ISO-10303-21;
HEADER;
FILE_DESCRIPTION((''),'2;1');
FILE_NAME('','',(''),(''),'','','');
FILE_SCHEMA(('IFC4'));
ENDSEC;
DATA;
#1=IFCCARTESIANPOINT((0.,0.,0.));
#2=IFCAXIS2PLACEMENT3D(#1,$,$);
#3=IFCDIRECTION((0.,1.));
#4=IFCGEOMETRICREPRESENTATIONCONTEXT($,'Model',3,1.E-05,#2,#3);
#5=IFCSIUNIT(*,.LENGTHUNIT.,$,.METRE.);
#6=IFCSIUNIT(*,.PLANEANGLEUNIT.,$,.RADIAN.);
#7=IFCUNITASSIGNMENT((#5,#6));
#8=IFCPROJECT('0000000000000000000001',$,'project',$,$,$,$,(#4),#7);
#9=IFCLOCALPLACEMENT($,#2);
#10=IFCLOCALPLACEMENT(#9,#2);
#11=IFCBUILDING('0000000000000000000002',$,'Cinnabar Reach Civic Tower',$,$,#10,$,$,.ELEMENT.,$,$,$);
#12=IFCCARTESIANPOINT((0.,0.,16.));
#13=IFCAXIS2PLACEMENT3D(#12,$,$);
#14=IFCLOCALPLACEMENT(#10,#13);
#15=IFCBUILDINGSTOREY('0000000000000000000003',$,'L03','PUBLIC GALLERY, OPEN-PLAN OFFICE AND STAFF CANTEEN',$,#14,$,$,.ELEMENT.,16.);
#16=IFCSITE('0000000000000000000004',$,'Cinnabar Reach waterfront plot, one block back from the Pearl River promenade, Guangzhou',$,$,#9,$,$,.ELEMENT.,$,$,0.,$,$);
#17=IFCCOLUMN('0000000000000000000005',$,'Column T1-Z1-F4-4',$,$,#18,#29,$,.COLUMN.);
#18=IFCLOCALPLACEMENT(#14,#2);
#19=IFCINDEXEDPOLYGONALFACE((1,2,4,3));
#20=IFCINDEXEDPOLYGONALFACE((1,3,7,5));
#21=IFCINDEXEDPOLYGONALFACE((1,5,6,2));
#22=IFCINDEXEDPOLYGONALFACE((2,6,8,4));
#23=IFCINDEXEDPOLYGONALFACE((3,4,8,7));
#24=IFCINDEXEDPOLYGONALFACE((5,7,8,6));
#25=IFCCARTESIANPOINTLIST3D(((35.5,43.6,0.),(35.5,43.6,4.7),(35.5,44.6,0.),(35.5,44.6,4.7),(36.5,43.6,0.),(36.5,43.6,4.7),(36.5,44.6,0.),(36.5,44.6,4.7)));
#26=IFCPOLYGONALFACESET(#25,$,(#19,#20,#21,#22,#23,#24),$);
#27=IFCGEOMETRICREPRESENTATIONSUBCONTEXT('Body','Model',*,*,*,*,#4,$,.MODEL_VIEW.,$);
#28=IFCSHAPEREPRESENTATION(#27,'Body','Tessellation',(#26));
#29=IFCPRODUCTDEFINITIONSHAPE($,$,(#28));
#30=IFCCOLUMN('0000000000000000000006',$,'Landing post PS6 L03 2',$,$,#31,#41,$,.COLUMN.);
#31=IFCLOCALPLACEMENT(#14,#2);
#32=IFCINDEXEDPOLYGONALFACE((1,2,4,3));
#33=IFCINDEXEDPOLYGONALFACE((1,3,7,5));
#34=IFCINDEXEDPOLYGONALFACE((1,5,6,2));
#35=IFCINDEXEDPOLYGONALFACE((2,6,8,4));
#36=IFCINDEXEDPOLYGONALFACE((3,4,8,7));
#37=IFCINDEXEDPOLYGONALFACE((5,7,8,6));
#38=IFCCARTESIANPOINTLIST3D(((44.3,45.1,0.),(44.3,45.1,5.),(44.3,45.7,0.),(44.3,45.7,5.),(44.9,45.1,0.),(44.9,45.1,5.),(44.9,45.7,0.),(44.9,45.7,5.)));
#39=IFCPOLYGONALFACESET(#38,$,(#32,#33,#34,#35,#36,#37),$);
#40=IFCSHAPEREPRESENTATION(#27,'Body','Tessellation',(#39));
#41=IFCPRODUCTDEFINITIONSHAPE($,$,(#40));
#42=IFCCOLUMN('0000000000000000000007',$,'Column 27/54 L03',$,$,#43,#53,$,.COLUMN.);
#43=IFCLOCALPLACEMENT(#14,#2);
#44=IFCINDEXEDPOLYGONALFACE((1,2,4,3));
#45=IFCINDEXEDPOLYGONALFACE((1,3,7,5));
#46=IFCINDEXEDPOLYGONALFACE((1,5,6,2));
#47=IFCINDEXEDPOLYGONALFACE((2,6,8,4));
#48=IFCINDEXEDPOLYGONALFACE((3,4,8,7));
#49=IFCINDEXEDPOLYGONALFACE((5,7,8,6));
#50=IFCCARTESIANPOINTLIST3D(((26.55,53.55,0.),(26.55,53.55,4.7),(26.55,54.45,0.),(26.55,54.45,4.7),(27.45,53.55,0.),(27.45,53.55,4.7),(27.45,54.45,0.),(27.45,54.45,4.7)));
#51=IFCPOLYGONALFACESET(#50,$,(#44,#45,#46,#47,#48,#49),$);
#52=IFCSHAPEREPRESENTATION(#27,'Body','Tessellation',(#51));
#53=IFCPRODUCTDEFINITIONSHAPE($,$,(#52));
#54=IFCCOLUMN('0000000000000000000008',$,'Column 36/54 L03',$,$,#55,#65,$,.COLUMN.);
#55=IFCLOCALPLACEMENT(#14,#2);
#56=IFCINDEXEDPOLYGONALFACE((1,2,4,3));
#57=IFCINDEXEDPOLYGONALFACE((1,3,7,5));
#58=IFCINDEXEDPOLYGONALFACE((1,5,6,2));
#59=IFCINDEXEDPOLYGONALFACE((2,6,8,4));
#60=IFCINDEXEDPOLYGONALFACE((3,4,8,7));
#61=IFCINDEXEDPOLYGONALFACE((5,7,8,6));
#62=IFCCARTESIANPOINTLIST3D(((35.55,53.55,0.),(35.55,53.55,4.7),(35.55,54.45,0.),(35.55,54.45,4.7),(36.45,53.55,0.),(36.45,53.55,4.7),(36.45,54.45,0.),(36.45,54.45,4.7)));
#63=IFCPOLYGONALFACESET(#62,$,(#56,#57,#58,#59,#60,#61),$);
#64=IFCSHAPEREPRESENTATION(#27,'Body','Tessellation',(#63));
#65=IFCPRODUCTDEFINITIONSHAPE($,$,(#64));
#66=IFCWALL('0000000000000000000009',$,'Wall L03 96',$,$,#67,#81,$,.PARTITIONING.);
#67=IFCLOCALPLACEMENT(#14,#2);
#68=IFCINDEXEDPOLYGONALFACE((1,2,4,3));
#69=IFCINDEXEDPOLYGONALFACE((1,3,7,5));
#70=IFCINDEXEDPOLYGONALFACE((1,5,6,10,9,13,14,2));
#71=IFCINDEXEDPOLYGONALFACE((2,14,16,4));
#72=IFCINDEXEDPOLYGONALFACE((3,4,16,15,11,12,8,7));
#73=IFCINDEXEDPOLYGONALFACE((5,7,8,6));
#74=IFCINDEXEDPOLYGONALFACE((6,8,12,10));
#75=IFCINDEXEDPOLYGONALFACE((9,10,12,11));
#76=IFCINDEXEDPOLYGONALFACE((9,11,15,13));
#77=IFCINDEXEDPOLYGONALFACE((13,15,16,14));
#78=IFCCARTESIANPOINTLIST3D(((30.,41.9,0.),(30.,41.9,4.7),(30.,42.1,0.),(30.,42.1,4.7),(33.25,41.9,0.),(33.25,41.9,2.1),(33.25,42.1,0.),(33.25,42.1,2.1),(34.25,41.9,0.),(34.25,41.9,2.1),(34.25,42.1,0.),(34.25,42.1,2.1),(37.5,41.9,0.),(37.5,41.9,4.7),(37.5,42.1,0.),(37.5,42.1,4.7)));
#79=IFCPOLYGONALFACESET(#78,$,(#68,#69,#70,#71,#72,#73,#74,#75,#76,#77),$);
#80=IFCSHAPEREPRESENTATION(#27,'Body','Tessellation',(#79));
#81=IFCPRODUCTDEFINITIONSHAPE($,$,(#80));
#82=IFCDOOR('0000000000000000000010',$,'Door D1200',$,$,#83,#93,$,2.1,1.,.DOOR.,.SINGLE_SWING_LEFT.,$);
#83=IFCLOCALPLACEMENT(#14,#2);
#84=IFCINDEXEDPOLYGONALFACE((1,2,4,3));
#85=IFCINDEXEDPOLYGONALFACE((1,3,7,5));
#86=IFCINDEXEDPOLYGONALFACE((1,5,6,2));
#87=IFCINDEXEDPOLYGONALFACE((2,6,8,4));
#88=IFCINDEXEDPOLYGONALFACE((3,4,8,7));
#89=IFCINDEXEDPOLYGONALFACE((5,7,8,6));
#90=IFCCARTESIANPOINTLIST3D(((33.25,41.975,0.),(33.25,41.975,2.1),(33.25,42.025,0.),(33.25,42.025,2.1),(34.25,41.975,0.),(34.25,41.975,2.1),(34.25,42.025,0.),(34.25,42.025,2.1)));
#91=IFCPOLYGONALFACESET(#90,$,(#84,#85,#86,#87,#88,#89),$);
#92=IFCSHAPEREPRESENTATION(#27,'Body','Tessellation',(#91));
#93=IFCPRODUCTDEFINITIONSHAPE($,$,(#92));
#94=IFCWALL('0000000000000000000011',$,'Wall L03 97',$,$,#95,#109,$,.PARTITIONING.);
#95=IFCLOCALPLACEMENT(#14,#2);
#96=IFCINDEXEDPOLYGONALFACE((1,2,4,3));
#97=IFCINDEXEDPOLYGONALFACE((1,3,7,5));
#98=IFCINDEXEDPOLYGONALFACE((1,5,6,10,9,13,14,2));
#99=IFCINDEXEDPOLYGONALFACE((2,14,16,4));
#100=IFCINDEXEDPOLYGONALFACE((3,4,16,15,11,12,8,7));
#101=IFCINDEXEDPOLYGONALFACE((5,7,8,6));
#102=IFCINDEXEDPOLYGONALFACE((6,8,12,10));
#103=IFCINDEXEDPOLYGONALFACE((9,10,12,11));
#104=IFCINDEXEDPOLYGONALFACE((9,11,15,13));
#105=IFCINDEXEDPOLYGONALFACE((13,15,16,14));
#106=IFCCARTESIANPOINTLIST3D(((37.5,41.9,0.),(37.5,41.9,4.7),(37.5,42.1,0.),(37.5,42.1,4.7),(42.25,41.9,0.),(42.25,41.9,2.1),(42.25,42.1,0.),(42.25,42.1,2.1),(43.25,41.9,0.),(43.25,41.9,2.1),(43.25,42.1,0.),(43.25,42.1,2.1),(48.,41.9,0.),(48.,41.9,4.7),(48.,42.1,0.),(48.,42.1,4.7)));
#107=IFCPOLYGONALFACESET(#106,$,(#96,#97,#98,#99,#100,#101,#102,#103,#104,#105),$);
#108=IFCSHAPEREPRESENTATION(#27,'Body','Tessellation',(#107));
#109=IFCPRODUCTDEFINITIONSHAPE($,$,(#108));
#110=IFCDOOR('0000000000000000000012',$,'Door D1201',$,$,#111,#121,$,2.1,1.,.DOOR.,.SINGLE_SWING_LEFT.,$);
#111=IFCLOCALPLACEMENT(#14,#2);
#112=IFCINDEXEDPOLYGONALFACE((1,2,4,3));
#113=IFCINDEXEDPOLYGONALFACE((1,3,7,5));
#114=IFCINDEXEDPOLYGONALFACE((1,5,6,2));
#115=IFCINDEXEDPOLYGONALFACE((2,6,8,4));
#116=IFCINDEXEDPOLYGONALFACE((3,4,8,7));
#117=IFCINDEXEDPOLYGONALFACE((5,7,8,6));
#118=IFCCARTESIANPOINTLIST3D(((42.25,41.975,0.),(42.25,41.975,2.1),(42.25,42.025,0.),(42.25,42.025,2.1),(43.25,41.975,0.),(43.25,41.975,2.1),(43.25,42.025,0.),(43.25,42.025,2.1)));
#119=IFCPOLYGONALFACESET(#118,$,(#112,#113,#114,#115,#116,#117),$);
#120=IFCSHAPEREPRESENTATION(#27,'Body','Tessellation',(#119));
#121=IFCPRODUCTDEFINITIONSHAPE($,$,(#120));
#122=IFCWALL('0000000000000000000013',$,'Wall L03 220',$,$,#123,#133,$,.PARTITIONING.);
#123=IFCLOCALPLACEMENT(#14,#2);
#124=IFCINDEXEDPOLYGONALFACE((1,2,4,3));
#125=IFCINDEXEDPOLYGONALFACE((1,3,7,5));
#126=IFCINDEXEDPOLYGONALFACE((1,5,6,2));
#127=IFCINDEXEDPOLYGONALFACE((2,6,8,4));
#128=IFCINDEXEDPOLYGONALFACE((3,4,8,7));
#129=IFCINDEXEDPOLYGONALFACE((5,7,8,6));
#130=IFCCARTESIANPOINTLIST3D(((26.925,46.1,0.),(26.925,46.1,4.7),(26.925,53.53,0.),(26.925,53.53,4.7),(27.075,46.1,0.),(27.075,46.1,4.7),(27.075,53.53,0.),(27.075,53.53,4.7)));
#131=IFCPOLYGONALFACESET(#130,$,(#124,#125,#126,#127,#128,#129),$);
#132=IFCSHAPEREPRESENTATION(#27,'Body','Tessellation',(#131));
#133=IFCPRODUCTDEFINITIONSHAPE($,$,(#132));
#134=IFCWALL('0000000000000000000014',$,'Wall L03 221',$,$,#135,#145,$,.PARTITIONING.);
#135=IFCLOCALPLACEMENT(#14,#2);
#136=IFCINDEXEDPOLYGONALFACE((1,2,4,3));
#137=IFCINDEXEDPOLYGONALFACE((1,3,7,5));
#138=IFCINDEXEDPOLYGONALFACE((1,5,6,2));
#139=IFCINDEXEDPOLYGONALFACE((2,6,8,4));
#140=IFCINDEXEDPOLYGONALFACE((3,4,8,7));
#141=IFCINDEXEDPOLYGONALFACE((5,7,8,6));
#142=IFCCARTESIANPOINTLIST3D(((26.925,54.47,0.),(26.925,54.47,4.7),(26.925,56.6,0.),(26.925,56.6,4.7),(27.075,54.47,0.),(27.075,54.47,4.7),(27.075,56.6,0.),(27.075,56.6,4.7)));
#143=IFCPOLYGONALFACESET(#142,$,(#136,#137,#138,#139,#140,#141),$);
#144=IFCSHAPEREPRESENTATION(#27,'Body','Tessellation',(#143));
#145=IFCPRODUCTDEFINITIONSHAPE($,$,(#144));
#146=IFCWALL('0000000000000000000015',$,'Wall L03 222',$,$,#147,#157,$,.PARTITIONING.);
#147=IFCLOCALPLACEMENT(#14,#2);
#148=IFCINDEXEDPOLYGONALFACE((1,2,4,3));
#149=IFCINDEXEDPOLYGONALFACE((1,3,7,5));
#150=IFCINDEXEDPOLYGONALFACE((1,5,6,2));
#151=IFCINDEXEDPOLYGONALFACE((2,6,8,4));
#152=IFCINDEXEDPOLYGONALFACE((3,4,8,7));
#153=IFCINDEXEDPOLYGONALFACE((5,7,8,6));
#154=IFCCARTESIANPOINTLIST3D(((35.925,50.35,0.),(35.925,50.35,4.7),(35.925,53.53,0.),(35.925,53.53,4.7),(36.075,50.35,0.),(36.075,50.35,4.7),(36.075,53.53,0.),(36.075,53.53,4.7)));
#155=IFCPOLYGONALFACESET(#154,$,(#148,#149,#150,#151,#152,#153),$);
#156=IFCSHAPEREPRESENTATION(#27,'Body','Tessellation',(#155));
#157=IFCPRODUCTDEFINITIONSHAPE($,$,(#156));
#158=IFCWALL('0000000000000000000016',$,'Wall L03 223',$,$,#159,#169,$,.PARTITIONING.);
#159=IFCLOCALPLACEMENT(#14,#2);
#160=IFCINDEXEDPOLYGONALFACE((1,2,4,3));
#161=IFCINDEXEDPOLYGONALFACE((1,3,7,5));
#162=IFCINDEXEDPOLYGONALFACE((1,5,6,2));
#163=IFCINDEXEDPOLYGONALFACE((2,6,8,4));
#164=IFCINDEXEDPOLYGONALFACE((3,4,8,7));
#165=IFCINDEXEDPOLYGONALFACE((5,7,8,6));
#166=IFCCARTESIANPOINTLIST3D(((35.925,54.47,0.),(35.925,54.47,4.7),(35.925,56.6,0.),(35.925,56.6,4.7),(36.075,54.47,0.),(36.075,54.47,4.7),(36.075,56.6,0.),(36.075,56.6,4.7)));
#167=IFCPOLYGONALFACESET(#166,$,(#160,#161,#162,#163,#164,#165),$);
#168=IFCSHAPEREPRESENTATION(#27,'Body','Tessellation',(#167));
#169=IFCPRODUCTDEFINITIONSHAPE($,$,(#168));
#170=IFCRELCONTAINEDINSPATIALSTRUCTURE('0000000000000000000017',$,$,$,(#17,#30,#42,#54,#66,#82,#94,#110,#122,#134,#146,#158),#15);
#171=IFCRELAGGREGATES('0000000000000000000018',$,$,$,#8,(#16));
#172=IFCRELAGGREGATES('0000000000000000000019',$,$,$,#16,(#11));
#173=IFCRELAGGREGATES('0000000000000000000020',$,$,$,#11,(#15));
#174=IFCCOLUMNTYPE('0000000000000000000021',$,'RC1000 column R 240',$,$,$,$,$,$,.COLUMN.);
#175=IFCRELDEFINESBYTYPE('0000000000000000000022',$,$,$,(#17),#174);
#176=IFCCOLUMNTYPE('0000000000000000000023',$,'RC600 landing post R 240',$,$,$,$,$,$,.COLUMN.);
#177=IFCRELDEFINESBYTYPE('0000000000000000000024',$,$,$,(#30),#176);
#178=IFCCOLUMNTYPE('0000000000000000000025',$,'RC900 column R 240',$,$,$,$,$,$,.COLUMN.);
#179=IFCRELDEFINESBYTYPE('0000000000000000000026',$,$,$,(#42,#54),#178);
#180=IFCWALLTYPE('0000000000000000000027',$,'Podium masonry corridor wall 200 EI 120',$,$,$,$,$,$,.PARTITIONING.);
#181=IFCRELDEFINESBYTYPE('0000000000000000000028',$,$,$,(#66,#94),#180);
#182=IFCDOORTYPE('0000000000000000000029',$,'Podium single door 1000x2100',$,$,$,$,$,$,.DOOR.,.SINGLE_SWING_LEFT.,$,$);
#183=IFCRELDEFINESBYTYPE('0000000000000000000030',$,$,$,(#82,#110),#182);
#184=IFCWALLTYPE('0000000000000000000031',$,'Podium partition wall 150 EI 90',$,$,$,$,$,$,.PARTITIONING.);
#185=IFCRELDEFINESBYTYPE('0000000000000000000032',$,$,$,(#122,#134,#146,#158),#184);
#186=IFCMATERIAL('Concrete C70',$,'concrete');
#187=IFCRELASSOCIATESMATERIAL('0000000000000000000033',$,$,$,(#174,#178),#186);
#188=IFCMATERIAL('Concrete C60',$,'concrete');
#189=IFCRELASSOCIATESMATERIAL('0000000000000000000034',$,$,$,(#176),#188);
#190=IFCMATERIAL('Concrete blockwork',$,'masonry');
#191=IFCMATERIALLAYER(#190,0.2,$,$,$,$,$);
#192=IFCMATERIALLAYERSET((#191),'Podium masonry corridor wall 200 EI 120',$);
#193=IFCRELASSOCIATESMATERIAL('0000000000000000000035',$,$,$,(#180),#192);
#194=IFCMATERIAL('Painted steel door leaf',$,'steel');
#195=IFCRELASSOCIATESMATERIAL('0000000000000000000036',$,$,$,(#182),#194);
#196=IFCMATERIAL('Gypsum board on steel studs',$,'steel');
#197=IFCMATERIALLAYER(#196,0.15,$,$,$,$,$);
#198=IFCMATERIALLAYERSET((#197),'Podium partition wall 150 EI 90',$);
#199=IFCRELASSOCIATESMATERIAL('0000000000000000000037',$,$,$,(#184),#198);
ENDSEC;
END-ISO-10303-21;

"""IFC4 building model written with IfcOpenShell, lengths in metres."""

from ifc_helpers import new_model, si_unit, direction, frame, frame_2d, origin, origin_2d, place, context, subcontext, project, spatial, rectangle, extrude, material, layer, layer_set, material_profile, profile_set, type_object, element, fill, save


model = new_model("IFC4")

# Units and contexts
model_context = context("Model", 3, precision=1e-05, world=origin(), true_north=direction((0.0, 1.0)))
body_context = subcontext(model_context, "Body", "Model", "MODEL_VIEW")
ifc_project = project(units=[si_unit("LENGTHUNIT", "METRE"), si_unit("PLANEANGLEUNIT", "RADIAN")], contexts=[model_context])

# Site, building, storey
site_placement = place(None, origin())
site = spatial("IfcSite", under=ifc_project, at=site_placement, Name="Cinnabar Reach waterfront plot, one block back from the Pearl River promenade, Guangzhou", CompositionType="ELEMENT", RefElevation=0.0)
building_placement = place(site_placement, origin())
building = spatial("IfcBuilding", under=site, at=building_placement, Name="Cinnabar Reach Civic Tower", CompositionType="ELEMENT")
storey_placement = place(building_placement, frame((0.0, 0.0, 16.0)))
storey = spatial("IfcBuildingStorey", under=building, at=storey_placement, Name="L03", Description="PUBLIC GALLERY, OPEN-PLAN OFFICE AND STAFF CANTEEN", CompositionType="ELEMENT", Elevation=16.0)

# Columns
ifc_material_1 = material(Name="Concrete C70", Category="concrete")
ifc_material_profile_1 = material_profile(ifc_material_1, rectangle(XDim=1.0, YDim=1.0, at=origin_2d()), Name="RC1000")
ifc_profile_set_1 = profile_set([ifc_material_profile_1], Name="Concrete C70")
column_type_1 = type_object("IfcColumnType", Name="RC1000 column R 240", PredefinedType="COLUMN", material=ifc_profile_set_1)
column_1_placement = place(storey_placement, frame((36.0, 44.1, 0.0), z_axis=(0.0, 0.0, 1.0), x_axis=(1.0, 0.0, 0.0)))
element("IfcColumn", 1, at=column_1_placement, inside=storey, type_object=column_type_1, Name="Column T1-Z1-F4-4", PredefinedType="COLUMN", context=body_context, shape_type="SweptSolid", body=[
    extrude(rectangle(XDim=1.0, YDim=1.0, at=origin_2d()), origin(), (0.0, 0.0, 1.0), 4.7),
])
ifc_material_2 = material(Name="Concrete C60", Category="concrete")
ifc_material_profile_2 = material_profile(ifc_material_2, rectangle(XDim=0.6, YDim=0.6, at=origin_2d()), Name="RC600")
ifc_profile_set_2 = profile_set([ifc_material_profile_2], Name="Concrete C60")
column_type_2 = type_object("IfcColumnType", Name="RC600 landing post R 240", PredefinedType="COLUMN", material=ifc_profile_set_2)
column_2_placement = place(storey_placement, frame((44.6, 45.4, 0.0), z_axis=(0.0, 0.0, 1.0), x_axis=(1.0, 0.0, 0.0)))
element("IfcColumn", 2, at=column_2_placement, inside=storey, type_object=column_type_2, Name="Landing post PS6 L03 2", PredefinedType="COLUMN", context=body_context, shape_type="SweptSolid", body=[
    extrude(rectangle(XDim=0.6, YDim=0.6, at=origin_2d()), origin(), (0.0, 0.0, 1.0), 5.0),
])
ifc_material_profile_3 = material_profile(ifc_material_1, rectangle(XDim=0.9, YDim=0.9, at=origin_2d()), Name="RC900")
ifc_profile_set_3 = profile_set([ifc_material_profile_3], Name="Concrete C70")
column_type_3 = type_object("IfcColumnType", Name="RC900 column R 240", PredefinedType="COLUMN", material=ifc_profile_set_3)
for number, where, z_axis, x_axis, name in (
    (3, (27.0, 54.0, 0.0), (0.0, 0.0, 1.0), (1.0, 0.0, 0.0), "Column 27/54 L03"),
    (4, (36.0, 54.0, 0.0), (0.0, 0.0, 1.0), (1.0, 0.0, 0.0), "Column 36/54 L03"),
):
    element("IfcColumn", number, at=place(storey_placement, frame(where, z_axis=z_axis, x_axis=x_axis)), inside=storey, type_object=column_type_3, Name=name, PredefinedType="COLUMN", context=body_context, shape_type="SweptSolid", body=[
        extrude(rectangle(XDim=0.9, YDim=0.9, at=origin_2d()), origin(), (0.0, 0.0, 1.0), 4.7),
    ])

# Walls, openings, doors
ifc_material_3 = material(Name="Concrete blockwork", Category="masonry")
ifc_layer_1 = layer(ifc_material_3, 0.2)
ifc_layer_set_1 = layer_set([ifc_layer_1], Name="Podium masonry corridor wall 200 EI 120")
wall_type_1 = type_object("IfcWallType", Name="Podium masonry corridor wall 200 EI 120", PredefinedType="PARTITIONING", material=ifc_layer_set_1)
wall_1_placement = place(storey_placement, frame((30.0, 42.0, 0.0), z_axis=(0.0, 0.0, 1.0), x_axis=(1.0, 0.0, 0.0)))
wall_1 = element("IfcWall", 5, at=wall_1_placement, inside=storey, type_object=wall_type_1, Name="Wall L03 96", PredefinedType="PARTITIONING", context=body_context, shape_type="SweptSolid", body=[
    extrude(rectangle(XDim=7.5, YDim=0.2, at=frame_2d((3.75, 0.0))), origin(), (0.0, 0.0, 1.0), 4.7),
])
opening_1_placement = place(wall_1_placement, frame((3.25, 0.0, 0.0)))
opening_1 = element("IfcOpeningElement", 6, at=opening_1_placement, cuts=wall_1, PredefinedType="OPENING", context=body_context, shape_type="SweptSolid", body=[
    extrude(rectangle(XDim=1.0, YDim=2.1, at=frame_2d((0.5, 1.05))), frame((0.0, 0.11, 0.0), z_axis=(0.0, -1.0, 0.0), x_axis=(1.0, 0.0, 0.0)), (0.0, 0.0, 1.0), 0.22),
])
ifc_material_4 = material(Name="Painted steel door leaf", Category="steel")
door_type_1 = type_object("IfcDoorType", Name="Podium single door 1000x2100", OperationType="SINGLE_SWING_LEFT", PredefinedType="DOOR", material=ifc_material_4)
door_1_placement = place(opening_1_placement, frame((1.0, 0.0, 0.0), z_axis=(0.0, 0.0, 1.0), x_axis=(-1.0, 0.0, 0.0)))
door_1 = element("IfcDoor", 7, at=door_1_placement, inside=storey, type_object=door_type_1, Name="Door D1200", OperationType="SINGLE_SWING_LEFT", OverallHeight=2.1, OverallWidth=1.0, PredefinedType="DOOR", context=body_context, shape_type="SweptSolid", body=[
    extrude(rectangle(XDim=1.0, YDim=2.1, at=frame_2d((0.5, 1.05))), frame((0.0, 0.025, 0.0), z_axis=(0.0, -1.0, 0.0), x_axis=(1.0, 0.0, 0.0)), (0.0, 0.0, 1.0), 0.05),
])
fill(opening_1, door_1)
wall_2_placement = place(storey_placement, frame((37.5, 42.0, 0.0), z_axis=(0.0, 0.0, 1.0), x_axis=(1.0, 0.0, 0.0)))
wall_2 = element("IfcWall", 8, at=wall_2_placement, inside=storey, type_object=wall_type_1, Name="Wall L03 97", PredefinedType="PARTITIONING", context=body_context, shape_type="SweptSolid", body=[
    extrude(rectangle(XDim=10.5, YDim=0.2, at=frame_2d((5.25, 0.0))), origin(), (0.0, 0.0, 1.0), 4.7),
])
opening_2_placement = place(wall_2_placement, frame((4.75, 0.0, 0.0)))
opening_2 = element("IfcOpeningElement", 9, at=opening_2_placement, cuts=wall_2, PredefinedType="OPENING", context=body_context, shape_type="SweptSolid", body=[
    extrude(rectangle(XDim=1.0, YDim=2.1, at=frame_2d((0.5, 1.05))), frame((0.0, 0.11, 0.0), z_axis=(0.0, -1.0, 0.0), x_axis=(1.0, 0.0, 0.0)), (0.0, 0.0, 1.0), 0.22),
])
door_2_placement = place(opening_2_placement, frame((1.0, 0.0, 0.0), z_axis=(0.0, 0.0, 1.0), x_axis=(-1.0, 0.0, 0.0)))
door_2 = element("IfcDoor", 10, at=door_2_placement, inside=storey, type_object=door_type_1, Name="Door D1201", OperationType="SINGLE_SWING_LEFT", OverallHeight=2.1, OverallWidth=1.0, PredefinedType="DOOR", context=body_context, shape_type="SweptSolid", body=[
    extrude(rectangle(XDim=1.0, YDim=2.1, at=frame_2d((0.5, 1.05))), frame((0.0, 0.025, 0.0), z_axis=(0.0, -1.0, 0.0), x_axis=(1.0, 0.0, 0.0)), (0.0, 0.0, 1.0), 0.05),
])
fill(opening_2, door_2)

# Walls
ifc_material_5 = material(Name="Gypsum board on steel studs", Category="steel")
ifc_layer_2 = layer(ifc_material_5, 0.15)
ifc_layer_set_2 = layer_set([ifc_layer_2], Name="Podium partition wall 150 EI 90")
wall_type_2 = type_object("IfcWallType", Name="Podium partition wall 150 EI 90", PredefinedType="PARTITIONING", material=ifc_layer_set_2)
wall_3_placement = place(storey_placement, frame((27.0, 46.1, 0.0), z_axis=(0.0, 0.0, 1.0), x_axis=(0.0, 1.0, 0.0)))
element("IfcWall", 11, at=wall_3_placement, inside=storey, type_object=wall_type_2, Name="Wall L03 220", PredefinedType="PARTITIONING", context=body_context, shape_type="SweptSolid", body=[
    extrude(rectangle(XDim=7.43, YDim=0.15, at=frame_2d((3.715, 0.0))), origin(), (0.0, 0.0, 1.0), 4.7),
])
wall_4_placement = place(storey_placement, frame((27.0, 54.47, 0.0), z_axis=(0.0, 0.0, 1.0), x_axis=(0.0, 1.0, 0.0)))
element("IfcWall", 12, at=wall_4_placement, inside=storey, type_object=wall_type_2, Name="Wall L03 221", PredefinedType="PARTITIONING", context=body_context, shape_type="SweptSolid", body=[
    extrude(rectangle(XDim=2.13, YDim=0.15, at=frame_2d((1.065, 0.0))), origin(), (0.0, 0.0, 1.0), 4.7),
])
wall_5_placement = place(storey_placement, frame((36.0, 50.35, 0.0), z_axis=(0.0, 0.0, 1.0), x_axis=(0.0, 1.0, 0.0)))
element("IfcWall", 13, at=wall_5_placement, inside=storey, type_object=wall_type_2, Name="Wall L03 222", PredefinedType="PARTITIONING", context=body_context, shape_type="SweptSolid", body=[
    extrude(rectangle(XDim=3.18, YDim=0.15, at=frame_2d((1.59, 0.0))), origin(), (0.0, 0.0, 1.0), 4.7),
])
wall_6_placement = place(storey_placement, frame((36.0, 54.47, 0.0), z_axis=(0.0, 0.0, 1.0), x_axis=(0.0, 1.0, 0.0)))
element("IfcWall", 14, at=wall_6_placement, inside=storey, type_object=wall_type_2, Name="Wall L03 223", PredefinedType="PARTITIONING", context=body_context, shape_type="SweptSolid", body=[
    extrude(rectangle(XDim=2.13, YDim=0.15, at=frame_2d((1.065, 0.0))), origin(), (0.0, 0.0, 1.0), 4.7),
])

save(model, "model.ifc")
